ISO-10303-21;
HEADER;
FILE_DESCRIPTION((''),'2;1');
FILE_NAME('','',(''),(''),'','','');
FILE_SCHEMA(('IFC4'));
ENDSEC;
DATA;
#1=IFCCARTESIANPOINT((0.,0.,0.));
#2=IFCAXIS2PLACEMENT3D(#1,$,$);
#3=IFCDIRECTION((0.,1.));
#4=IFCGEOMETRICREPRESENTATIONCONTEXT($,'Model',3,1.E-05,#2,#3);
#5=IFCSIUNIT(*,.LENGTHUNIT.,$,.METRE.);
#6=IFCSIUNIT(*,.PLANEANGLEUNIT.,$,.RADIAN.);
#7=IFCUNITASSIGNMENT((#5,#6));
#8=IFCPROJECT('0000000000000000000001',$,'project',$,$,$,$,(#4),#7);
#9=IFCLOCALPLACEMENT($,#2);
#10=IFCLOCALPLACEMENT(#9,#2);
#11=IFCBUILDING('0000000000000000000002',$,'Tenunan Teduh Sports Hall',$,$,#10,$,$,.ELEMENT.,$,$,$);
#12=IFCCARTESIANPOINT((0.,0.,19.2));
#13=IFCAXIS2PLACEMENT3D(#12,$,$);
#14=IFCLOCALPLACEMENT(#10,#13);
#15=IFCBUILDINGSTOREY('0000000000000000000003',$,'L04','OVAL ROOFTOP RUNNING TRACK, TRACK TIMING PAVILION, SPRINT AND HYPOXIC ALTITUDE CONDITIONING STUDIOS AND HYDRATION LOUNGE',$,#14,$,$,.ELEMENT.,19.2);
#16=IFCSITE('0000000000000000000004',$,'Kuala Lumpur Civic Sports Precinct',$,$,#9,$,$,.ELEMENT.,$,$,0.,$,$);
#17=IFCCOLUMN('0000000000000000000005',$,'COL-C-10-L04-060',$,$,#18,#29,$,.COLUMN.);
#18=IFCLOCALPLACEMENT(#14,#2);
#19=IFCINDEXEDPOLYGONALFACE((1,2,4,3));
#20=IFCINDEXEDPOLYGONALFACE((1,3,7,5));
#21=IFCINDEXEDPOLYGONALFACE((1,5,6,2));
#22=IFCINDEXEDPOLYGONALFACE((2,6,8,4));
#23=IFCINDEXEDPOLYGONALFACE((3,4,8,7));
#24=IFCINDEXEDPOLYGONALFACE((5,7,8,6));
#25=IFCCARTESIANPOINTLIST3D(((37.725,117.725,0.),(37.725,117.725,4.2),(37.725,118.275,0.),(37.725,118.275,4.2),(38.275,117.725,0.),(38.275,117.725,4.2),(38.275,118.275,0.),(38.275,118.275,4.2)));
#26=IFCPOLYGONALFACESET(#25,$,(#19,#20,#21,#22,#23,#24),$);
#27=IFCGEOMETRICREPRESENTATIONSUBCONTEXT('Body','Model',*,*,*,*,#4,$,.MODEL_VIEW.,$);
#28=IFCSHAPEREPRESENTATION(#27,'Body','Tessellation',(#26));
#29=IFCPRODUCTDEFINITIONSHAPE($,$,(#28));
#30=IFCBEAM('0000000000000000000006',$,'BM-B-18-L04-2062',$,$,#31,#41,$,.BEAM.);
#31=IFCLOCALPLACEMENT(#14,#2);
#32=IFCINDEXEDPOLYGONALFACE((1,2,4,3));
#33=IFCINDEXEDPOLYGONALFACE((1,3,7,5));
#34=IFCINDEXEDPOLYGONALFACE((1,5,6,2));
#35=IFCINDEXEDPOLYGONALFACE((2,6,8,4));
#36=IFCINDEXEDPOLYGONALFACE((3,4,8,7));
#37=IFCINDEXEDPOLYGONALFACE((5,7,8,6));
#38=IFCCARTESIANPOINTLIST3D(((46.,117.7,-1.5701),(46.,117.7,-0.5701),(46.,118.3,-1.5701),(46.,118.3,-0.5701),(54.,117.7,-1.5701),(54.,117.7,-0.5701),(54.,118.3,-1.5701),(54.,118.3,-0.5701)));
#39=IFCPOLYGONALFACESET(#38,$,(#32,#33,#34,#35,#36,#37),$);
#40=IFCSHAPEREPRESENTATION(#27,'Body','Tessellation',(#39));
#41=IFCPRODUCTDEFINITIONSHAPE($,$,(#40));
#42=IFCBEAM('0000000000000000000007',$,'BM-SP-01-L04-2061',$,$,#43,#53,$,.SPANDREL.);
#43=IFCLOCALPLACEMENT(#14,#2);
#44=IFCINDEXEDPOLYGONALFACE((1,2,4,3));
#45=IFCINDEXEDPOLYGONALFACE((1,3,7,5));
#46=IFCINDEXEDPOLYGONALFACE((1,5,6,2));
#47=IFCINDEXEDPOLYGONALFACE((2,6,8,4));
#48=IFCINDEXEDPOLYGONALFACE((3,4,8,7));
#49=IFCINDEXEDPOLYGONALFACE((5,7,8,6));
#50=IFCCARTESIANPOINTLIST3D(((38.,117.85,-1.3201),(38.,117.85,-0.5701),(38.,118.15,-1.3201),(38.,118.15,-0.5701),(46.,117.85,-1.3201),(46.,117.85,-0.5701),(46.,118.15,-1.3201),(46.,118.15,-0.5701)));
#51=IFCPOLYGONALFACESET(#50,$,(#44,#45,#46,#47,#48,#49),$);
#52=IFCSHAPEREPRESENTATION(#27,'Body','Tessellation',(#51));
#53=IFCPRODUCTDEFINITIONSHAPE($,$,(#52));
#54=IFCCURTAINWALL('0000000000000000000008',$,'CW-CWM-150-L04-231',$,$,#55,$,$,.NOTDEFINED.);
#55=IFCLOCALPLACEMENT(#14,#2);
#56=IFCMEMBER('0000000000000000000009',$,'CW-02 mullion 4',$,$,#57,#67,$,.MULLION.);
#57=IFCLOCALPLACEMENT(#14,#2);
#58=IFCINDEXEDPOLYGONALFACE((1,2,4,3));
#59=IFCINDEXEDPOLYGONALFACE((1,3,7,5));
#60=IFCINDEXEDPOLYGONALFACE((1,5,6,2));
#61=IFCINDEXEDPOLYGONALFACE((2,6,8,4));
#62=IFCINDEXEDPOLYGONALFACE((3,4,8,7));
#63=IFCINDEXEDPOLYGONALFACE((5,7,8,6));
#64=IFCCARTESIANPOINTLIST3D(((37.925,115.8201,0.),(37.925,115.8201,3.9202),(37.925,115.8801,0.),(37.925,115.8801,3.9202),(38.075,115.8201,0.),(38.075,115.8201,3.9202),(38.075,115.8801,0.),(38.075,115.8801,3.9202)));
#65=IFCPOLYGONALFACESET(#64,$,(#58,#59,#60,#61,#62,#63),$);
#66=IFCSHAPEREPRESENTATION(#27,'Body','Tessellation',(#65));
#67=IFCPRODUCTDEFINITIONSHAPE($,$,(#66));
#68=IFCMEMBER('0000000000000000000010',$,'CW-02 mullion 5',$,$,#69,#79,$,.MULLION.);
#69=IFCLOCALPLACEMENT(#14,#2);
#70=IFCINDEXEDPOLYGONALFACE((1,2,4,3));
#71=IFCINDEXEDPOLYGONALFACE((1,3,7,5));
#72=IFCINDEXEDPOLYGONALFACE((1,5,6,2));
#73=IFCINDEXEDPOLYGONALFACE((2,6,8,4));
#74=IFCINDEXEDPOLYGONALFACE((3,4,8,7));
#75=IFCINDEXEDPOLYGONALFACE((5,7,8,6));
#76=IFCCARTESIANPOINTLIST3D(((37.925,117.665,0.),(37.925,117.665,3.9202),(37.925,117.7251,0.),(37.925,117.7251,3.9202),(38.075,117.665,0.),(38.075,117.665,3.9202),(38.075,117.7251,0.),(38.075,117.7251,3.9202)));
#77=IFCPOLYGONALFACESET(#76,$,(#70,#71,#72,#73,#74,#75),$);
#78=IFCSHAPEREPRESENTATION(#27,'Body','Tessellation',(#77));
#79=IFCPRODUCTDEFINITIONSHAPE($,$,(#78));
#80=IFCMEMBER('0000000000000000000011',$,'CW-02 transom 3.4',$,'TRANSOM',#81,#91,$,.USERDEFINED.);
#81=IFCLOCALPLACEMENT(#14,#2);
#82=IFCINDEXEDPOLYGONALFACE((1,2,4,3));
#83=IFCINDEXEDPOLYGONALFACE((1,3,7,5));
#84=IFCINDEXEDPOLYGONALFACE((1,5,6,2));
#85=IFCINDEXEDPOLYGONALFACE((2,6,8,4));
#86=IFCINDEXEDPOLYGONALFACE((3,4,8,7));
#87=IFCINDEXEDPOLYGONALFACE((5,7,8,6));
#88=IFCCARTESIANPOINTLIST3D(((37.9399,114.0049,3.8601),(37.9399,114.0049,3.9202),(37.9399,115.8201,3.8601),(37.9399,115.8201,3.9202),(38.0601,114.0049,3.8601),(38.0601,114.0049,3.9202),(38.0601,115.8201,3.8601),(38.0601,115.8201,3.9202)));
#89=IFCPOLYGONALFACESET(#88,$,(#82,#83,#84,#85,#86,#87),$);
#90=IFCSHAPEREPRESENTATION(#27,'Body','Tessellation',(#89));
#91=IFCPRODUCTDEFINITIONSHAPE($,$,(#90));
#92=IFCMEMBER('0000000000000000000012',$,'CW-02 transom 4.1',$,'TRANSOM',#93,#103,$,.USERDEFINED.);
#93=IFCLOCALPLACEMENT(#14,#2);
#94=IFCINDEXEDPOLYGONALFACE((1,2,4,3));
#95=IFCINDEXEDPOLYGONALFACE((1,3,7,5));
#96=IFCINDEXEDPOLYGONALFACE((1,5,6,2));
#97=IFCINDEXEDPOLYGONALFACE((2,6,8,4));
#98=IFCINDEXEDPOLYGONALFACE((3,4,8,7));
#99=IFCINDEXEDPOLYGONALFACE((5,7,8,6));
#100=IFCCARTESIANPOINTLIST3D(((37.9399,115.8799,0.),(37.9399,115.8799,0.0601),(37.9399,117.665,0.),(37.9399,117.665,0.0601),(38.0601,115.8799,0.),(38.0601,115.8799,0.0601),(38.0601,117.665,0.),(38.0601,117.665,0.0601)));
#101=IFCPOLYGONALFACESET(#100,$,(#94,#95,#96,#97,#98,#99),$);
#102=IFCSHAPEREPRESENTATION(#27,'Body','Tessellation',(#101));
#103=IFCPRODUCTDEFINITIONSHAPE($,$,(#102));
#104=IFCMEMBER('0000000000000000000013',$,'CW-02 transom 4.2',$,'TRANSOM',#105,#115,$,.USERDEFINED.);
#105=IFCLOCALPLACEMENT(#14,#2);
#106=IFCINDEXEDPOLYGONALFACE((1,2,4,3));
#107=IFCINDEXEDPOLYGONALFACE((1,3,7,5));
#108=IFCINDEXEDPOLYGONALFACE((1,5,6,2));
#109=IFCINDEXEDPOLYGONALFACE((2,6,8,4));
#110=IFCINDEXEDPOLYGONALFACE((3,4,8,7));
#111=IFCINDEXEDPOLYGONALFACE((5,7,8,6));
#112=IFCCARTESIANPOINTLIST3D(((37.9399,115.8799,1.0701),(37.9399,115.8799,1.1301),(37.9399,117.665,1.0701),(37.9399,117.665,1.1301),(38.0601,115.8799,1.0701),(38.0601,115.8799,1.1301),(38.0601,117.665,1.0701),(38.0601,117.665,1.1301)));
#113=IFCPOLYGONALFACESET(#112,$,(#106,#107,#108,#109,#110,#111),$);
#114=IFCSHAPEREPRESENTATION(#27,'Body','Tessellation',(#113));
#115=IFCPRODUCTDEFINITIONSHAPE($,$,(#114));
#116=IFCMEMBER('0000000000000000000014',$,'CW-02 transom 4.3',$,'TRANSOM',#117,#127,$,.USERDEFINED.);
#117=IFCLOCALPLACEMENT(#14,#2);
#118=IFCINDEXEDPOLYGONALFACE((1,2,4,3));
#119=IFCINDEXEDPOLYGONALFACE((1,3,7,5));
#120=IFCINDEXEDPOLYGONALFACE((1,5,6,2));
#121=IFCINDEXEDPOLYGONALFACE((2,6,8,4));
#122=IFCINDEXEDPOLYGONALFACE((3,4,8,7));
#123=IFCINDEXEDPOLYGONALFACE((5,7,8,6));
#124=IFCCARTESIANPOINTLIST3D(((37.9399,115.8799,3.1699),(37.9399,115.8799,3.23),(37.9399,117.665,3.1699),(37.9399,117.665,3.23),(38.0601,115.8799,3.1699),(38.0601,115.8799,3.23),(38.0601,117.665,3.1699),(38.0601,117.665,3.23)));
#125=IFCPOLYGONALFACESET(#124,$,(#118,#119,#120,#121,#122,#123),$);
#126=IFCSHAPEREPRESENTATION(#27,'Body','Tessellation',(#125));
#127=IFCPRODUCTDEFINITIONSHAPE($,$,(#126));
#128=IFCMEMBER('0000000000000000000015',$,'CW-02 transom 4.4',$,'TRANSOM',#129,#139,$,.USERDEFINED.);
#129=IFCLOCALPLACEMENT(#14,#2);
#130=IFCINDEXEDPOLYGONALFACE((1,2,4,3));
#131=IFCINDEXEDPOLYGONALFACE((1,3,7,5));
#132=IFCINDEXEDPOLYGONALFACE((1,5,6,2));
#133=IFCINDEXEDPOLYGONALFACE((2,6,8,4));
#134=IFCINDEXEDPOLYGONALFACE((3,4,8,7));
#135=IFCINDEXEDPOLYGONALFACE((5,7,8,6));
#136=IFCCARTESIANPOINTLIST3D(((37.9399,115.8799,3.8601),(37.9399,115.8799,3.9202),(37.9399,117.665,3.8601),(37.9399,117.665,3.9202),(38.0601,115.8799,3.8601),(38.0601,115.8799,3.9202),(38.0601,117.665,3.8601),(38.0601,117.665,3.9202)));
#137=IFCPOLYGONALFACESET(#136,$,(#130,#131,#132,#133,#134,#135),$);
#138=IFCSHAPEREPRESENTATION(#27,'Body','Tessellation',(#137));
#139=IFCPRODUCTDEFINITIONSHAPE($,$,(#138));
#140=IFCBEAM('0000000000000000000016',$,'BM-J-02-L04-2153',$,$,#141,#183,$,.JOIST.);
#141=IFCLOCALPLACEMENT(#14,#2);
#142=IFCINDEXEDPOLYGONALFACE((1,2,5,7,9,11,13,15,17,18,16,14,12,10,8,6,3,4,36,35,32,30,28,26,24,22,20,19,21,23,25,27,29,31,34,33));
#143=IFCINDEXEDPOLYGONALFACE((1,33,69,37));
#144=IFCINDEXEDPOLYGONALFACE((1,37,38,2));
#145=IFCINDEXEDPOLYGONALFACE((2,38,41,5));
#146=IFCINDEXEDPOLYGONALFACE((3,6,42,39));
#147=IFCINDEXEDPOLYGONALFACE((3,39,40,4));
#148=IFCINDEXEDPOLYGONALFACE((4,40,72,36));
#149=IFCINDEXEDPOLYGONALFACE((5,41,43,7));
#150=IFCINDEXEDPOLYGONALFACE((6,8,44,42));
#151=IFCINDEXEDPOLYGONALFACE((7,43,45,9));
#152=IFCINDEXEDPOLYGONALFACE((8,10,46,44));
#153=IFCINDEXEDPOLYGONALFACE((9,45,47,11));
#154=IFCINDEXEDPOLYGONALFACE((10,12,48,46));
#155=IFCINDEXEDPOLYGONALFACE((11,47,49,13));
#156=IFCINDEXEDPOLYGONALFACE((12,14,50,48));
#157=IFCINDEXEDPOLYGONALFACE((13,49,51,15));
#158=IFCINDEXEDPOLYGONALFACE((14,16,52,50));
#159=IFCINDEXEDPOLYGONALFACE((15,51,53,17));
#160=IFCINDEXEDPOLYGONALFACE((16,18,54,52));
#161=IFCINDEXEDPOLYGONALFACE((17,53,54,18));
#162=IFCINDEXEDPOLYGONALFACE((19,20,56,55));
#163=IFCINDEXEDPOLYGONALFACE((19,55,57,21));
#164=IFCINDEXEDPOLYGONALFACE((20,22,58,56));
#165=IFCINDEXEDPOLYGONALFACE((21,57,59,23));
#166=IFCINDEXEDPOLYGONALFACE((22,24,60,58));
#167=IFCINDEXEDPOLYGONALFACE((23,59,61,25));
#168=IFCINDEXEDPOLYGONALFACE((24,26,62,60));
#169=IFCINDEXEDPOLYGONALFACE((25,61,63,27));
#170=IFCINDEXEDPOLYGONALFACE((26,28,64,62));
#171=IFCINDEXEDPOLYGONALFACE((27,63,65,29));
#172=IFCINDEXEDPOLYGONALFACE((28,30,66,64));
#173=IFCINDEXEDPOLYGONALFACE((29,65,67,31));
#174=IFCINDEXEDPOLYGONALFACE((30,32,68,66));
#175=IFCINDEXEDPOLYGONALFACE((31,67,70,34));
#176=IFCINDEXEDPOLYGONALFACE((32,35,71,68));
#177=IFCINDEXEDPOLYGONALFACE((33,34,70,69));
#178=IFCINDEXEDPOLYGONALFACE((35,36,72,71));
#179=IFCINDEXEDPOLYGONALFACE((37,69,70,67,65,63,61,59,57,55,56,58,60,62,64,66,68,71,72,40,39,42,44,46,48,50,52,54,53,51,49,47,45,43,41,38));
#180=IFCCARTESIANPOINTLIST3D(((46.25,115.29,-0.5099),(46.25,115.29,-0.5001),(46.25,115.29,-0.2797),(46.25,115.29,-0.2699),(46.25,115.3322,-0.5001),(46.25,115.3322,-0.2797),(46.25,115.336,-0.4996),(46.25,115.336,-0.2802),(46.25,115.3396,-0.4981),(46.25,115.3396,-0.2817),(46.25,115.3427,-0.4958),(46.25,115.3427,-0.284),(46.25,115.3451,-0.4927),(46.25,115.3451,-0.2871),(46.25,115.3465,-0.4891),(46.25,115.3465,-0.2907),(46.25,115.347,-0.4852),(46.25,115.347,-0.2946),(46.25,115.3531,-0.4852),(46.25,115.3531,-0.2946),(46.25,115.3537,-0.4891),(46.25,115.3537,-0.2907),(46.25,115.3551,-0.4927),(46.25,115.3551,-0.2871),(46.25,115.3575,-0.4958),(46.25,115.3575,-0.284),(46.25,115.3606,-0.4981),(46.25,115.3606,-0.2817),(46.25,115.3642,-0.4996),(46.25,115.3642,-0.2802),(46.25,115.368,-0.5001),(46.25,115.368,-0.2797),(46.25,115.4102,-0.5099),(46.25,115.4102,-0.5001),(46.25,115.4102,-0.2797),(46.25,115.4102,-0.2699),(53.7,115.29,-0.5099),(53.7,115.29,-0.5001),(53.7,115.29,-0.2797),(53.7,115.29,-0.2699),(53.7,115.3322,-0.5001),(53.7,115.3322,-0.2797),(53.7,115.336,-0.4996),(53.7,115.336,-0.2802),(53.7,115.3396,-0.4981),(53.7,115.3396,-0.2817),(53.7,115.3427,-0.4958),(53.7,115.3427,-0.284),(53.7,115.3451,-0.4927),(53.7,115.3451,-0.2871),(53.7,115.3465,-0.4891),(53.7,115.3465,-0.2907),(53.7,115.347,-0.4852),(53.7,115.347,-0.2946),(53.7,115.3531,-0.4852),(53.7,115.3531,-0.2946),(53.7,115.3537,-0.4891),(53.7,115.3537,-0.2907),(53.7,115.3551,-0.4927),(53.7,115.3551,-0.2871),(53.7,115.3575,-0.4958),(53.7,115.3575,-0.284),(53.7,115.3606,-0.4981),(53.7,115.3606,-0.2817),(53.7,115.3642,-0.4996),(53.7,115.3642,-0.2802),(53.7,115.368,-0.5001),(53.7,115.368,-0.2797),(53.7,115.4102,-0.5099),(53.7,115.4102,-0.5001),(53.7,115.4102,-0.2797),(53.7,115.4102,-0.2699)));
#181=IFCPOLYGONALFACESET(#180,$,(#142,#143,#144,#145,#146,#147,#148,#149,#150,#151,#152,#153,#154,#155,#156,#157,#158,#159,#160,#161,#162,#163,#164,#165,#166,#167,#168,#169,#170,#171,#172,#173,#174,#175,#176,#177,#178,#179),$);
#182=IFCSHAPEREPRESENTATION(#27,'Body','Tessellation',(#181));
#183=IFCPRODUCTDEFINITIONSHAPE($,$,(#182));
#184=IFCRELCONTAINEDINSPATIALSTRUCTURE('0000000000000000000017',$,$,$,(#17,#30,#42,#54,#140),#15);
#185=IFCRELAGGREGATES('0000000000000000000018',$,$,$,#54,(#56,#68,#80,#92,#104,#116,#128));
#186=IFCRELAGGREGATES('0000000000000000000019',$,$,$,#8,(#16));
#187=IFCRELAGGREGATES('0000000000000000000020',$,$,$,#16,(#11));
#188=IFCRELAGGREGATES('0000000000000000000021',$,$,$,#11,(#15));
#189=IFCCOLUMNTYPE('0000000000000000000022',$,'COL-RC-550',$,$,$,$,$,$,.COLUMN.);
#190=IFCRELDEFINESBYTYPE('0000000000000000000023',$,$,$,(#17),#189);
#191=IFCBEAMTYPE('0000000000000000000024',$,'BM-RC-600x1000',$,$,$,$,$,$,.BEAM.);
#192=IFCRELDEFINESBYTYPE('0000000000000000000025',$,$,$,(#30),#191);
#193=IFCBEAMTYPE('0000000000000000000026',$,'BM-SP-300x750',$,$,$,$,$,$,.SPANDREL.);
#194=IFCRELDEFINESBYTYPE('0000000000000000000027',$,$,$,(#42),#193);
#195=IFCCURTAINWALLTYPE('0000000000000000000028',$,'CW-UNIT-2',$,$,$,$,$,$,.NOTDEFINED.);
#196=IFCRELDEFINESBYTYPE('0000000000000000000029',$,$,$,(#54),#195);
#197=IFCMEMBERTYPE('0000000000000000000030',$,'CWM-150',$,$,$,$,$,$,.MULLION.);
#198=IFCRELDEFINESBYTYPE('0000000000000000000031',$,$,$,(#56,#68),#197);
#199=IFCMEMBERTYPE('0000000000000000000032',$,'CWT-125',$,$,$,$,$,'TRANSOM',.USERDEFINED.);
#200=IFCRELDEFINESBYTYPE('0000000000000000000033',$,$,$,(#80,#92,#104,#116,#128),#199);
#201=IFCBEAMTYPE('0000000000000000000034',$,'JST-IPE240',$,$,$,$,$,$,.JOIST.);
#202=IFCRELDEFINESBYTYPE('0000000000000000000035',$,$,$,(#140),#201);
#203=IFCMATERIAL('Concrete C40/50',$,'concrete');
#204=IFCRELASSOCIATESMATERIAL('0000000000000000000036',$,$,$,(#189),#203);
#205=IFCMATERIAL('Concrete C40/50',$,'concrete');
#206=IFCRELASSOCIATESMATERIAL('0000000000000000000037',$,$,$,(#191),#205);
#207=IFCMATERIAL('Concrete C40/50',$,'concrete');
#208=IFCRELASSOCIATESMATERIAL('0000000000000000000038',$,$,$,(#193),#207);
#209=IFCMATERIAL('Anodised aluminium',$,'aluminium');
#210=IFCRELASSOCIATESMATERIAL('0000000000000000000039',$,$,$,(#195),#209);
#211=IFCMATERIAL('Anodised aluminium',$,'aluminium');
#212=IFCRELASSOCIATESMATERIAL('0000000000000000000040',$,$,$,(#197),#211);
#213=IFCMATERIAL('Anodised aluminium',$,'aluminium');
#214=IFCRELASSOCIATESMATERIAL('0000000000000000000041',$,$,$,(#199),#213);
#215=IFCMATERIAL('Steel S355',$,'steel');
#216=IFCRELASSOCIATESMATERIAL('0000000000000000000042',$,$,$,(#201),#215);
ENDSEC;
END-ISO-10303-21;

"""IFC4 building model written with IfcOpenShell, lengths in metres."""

from ifc_helpers import new_model, si_unit, direction, frame, origin, origin_2d, place, context, subcontext, project, spatial, rectangle, i_section, extrude, material, material_profile, profile_set, type_object, element, aggregate, save


model = new_model("IFC4")

# Units and contexts
model_context = context("Model", 3, precision=1e-05, world=origin(), true_north=direction((0.0, 1.0)))
body_context = subcontext(model_context, "Body", "Model", "MODEL_VIEW")
ifc_project = project(units=[si_unit("LENGTHUNIT", "METRE"), si_unit("PLANEANGLEUNIT", "RADIAN")], contexts=[model_context])

# Site, building, storey
site_placement = place(None, origin())
site = spatial("IfcSite", under=ifc_project, at=site_placement, Name="Kuala Lumpur Civic Sports Precinct", CompositionType="ELEMENT", RefElevation=0.0)
building_placement = place(site_placement, origin())
building = spatial("IfcBuilding", under=site, at=building_placement, Name="Tenunan Teduh Sports Hall", CompositionType="ELEMENT")
storey_placement = place(building_placement, frame((0.0, 0.0, 19.2)))
storey = spatial("IfcBuildingStorey", under=building, at=storey_placement, Name="L04", Description="OVAL ROOFTOP RUNNING TRACK, TRACK TIMING PAVILION, SPRINT AND HYPOXIC ALTITUDE CONDITIONING STUDIOS AND HYDRATION LOUNGE", CompositionType="ELEMENT", Elevation=19.2)

# Column
ifc_material_1 = material(Name="Concrete C40/50", Category="concrete")
ifc_material_profile_1 = material_profile(ifc_material_1, rectangle(XDim=0.55, YDim=0.55, at=origin_2d()), Name="RC 550x550")
ifc_profile_set_1 = profile_set([ifc_material_profile_1], Name="Concrete C40/50")
column_type = type_object("IfcColumnType", Name="COL-RC-550", PredefinedType="COLUMN", material=ifc_profile_set_1)
column_placement = place(storey_placement, frame((38.0, 118.0, 0.0), z_axis=(0.0, 0.0, 1.0), x_axis=(1.0, 0.0, 0.0)))
element("IfcColumn", 1, at=column_placement, inside=storey, type_object=column_type, Name="COL-C-10-L04-060", PredefinedType="COLUMN", context=body_context, shape_type="SweptSolid", body=[
    extrude(rectangle(XDim=0.55, YDim=0.55, at=origin_2d()), origin(), (0.0, 0.0, 1.0), 4.2),
])

# Beams
ifc_material_2 = material(Name="Concrete C40/50", Category="concrete")
ifc_material_profile_2 = material_profile(ifc_material_2, rectangle(XDim=0.6001, YDim=1.0, at=origin_2d()), Name="RCB 600x1000")
ifc_profile_set_2 = profile_set([ifc_material_profile_2], Name="Concrete C40/50")
beam_type_1 = type_object("IfcBeamType", Name="BM-RC-600x1000", PredefinedType="BEAM", material=ifc_profile_set_2)
beam_1_placement = place(storey_placement, frame((46.0, 118.0, -1.0701), z_axis=(1.0, 0.0, 0.0), x_axis=(0.0, 1.0, 0.0)))
element("IfcBeam", 2, at=beam_1_placement, inside=storey, type_object=beam_type_1, Name="BM-B-18-L04-2062", PredefinedType="BEAM", context=body_context, shape_type="SweptSolid", body=[
    extrude(rectangle(XDim=0.6001, YDim=1.0, at=origin_2d()), origin(), (0.0, 0.0, 1.0), 8.0),
])
ifc_material_3 = material(Name="Concrete C40/50", Category="concrete")
ifc_material_profile_3 = material_profile(ifc_material_3, rectangle(XDim=0.3, YDim=0.75, at=origin_2d()), Name="SPB 300x750")
ifc_profile_set_3 = profile_set([ifc_material_profile_3], Name="Concrete C40/50")
beam_type_2 = type_object("IfcBeamType", Name="BM-SP-300x750", PredefinedType="SPANDREL", material=ifc_profile_set_3)
beam_2_placement = place(storey_placement, frame((38.0, 118.0, -0.9451), z_axis=(1.0, 0.0, 0.0), x_axis=(0.0, 1.0, 0.0)))
element("IfcBeam", 3, at=beam_2_placement, inside=storey, type_object=beam_type_2, Name="BM-SP-01-L04-2061", PredefinedType="SPANDREL", context=body_context, shape_type="SweptSolid", body=[
    extrude(rectangle(XDim=0.3, YDim=0.75, at=origin_2d()), origin(), (0.0, 0.0, 1.0), 8.0),
])

# Curtain wall, members
ifc_material_4 = material(Name="Anodised aluminium", Category="aluminium")
curtain_wall_type = type_object("IfcCurtainWallType", Name="CW-UNIT-2", PredefinedType="NOTDEFINED", material=ifc_material_4)
curtain_wall_placement = place(storey_placement, origin())
curtain_wall = element("IfcCurtainWall", 4, at=curtain_wall_placement, inside=storey, type_object=curtain_wall_type, Name="CW-CWM-150-L04-231", PredefinedType="NOTDEFINED")
ifc_material_5 = material(Name="Anodised aluminium", Category="aluminium")
ifc_material_profile_4 = material_profile(ifc_material_5, rectangle(XDim=0.0601, YDim=0.1499, at=origin_2d()), Name="CWM 60x150")
ifc_profile_set_4 = profile_set([ifc_material_profile_4], Name="Anodised aluminium")
member_type_1 = type_object("IfcMemberType", Name="CWM-150", PredefinedType="MULLION", material=ifc_profile_set_4)
member_1_placement = place(storey_placement, frame((38.0, 115.8501, 0.0), z_axis=(0.0, 0.0, 1.0), x_axis=(0.0, 1.0, 0.0)))
member_1 = element("IfcMember", 5, at=member_1_placement, type_object=member_type_1, Name="CW-02 mullion 4", PredefinedType="MULLION", context=body_context, shape_type="SweptSolid", body=[
    extrude(rectangle(XDim=0.0601, YDim=0.1499, at=origin_2d()), origin(), (0.0, 0.0, 1.0), 3.9202),
])
member_2_placement = place(storey_placement, frame((38.0, 117.6951, 0.0), z_axis=(0.0, 0.0, 1.0), x_axis=(0.0, 1.0, 0.0)))
member_2 = element("IfcMember", 6, at=member_2_placement, type_object=member_type_1, Name="CW-02 mullion 5", PredefinedType="MULLION", context=body_context, shape_type="SweptSolid", body=[
    extrude(rectangle(XDim=0.0601, YDim=0.1499, at=origin_2d()), origin(), (0.0, 0.0, 1.0), 3.9202),
])
ifc_material_6 = material(Name="Anodised aluminium", Category="aluminium")
ifc_material_profile_5 = material_profile(ifc_material_6, rectangle(XDim=0.0601, YDim=0.1201, at=origin_2d()), Name="CWT 60x120")
ifc_profile_set_5 = profile_set([ifc_material_profile_5], Name="Anodised aluminium")
member_type_2 = type_object("IfcMemberType", Name="CWT-125", ElementType="TRANSOM", PredefinedType="USERDEFINED", material=ifc_profile_set_5)
member_3_placement = place(storey_placement, frame((38.0, 114.0049, 3.8901), z_axis=(0.0, 1.0, 0.0), x_axis=(0.0, 0.0, 1.0)))
member_3 = element("IfcMember", 7, at=member_3_placement, type_object=member_type_2, Name="CW-02 transom 3.4", ObjectType="TRANSOM", PredefinedType="USERDEFINED", context=body_context, shape_type="SweptSolid", body=[
    extrude(rectangle(XDim=0.0601, YDim=0.1201, at=origin_2d()), origin(), (0.0, 0.0, 1.0), 1.8152),
])
member_4_placement = place(storey_placement, frame((38.0, 115.8799, 0.03), z_axis=(0.0, 1.0, 0.0), x_axis=(0.0, 0.0, 1.0)))
member_4 = element("IfcMember", 8, at=member_4_placement, type_object=member_type_2, Name="CW-02 transom 4.1", ObjectType="TRANSOM", PredefinedType="USERDEFINED", context=body_context, shape_type="SweptSolid", body=[
    extrude(rectangle(XDim=0.0601, YDim=0.1201, at=origin_2d()), origin(), (0.0, 0.0, 1.0), 1.7852),
])
member_5_placement = place(storey_placement, frame((38.0, 115.8799, 1.1001), z_axis=(0.0, 1.0, 0.0), x_axis=(0.0, 0.0, 1.0)))
member_5 = element("IfcMember", 9, at=member_5_placement, type_object=member_type_2, Name="CW-02 transom 4.2", ObjectType="TRANSOM", PredefinedType="USERDEFINED", context=body_context, shape_type="SweptSolid", body=[
    extrude(rectangle(XDim=0.0601, YDim=0.1201, at=origin_2d()), origin(), (0.0, 0.0, 1.0), 1.7852),
])
member_6_placement = place(storey_placement, frame((38.0, 115.8799, 3.2), z_axis=(0.0, 1.0, 0.0), x_axis=(0.0, 0.0, 1.0)))
member_6 = element("IfcMember", 10, at=member_6_placement, type_object=member_type_2, Name="CW-02 transom 4.3", ObjectType="TRANSOM", PredefinedType="USERDEFINED", context=body_context, shape_type="SweptSolid", body=[
    extrude(rectangle(XDim=0.0601, YDim=0.1201, at=origin_2d()), origin(), (0.0, 0.0, 1.0), 1.7852),
])
member_7_placement = place(storey_placement, frame((38.0, 115.8799, 3.8901), z_axis=(0.0, 1.0, 0.0), x_axis=(0.0, 0.0, 1.0)))
member_7 = element("IfcMember", 11, at=member_7_placement, type_object=member_type_2, Name="CW-02 transom 4.4", ObjectType="TRANSOM", PredefinedType="USERDEFINED", context=body_context, shape_type="SweptSolid", body=[
    extrude(rectangle(XDim=0.0601, YDim=0.1201, at=origin_2d()), origin(), (0.0, 0.0, 1.0), 1.7852),
])

# Beam
ifc_material_7 = material(Name="Steel S355", Category="steel")
ifc_material_profile_6 = material_profile(ifc_material_7, i_section(OverallWidth=0.1201, OverallDepth=0.24, WebThickness=0.0061, FlangeThickness=0.0098, FilletRadius=0.0149, at=origin_2d()), Name="IPE 240")
ifc_profile_set_6 = profile_set([ifc_material_profile_6], Name="Steel S355")
beam_type_3 = type_object("IfcBeamType", Name="JST-IPE240", PredefinedType="JOIST", material=ifc_profile_set_6)
beam_3_placement = place(storey_placement, frame((46.25, 115.3501, -0.3899), z_axis=(1.0, 0.0, 0.0), x_axis=(0.0, 1.0, 0.0)))
element("IfcBeam", 12, at=beam_3_placement, inside=storey, type_object=beam_type_3, Name="BM-J-02-L04-2153", PredefinedType="JOIST", context=body_context, shape_type="SweptSolid", body=[
    extrude(i_section(OverallWidth=0.1201, OverallDepth=0.24, WebThickness=0.0061, FlangeThickness=0.0098, FilletRadius=0.0149, at=origin_2d()), origin(), (0.0, 0.0, 1.0), 7.45),
])

aggregate(curtain_wall, [member_1, member_2, member_3, member_4, member_5, member_6, member_7])

save(model, "model.ifc")
